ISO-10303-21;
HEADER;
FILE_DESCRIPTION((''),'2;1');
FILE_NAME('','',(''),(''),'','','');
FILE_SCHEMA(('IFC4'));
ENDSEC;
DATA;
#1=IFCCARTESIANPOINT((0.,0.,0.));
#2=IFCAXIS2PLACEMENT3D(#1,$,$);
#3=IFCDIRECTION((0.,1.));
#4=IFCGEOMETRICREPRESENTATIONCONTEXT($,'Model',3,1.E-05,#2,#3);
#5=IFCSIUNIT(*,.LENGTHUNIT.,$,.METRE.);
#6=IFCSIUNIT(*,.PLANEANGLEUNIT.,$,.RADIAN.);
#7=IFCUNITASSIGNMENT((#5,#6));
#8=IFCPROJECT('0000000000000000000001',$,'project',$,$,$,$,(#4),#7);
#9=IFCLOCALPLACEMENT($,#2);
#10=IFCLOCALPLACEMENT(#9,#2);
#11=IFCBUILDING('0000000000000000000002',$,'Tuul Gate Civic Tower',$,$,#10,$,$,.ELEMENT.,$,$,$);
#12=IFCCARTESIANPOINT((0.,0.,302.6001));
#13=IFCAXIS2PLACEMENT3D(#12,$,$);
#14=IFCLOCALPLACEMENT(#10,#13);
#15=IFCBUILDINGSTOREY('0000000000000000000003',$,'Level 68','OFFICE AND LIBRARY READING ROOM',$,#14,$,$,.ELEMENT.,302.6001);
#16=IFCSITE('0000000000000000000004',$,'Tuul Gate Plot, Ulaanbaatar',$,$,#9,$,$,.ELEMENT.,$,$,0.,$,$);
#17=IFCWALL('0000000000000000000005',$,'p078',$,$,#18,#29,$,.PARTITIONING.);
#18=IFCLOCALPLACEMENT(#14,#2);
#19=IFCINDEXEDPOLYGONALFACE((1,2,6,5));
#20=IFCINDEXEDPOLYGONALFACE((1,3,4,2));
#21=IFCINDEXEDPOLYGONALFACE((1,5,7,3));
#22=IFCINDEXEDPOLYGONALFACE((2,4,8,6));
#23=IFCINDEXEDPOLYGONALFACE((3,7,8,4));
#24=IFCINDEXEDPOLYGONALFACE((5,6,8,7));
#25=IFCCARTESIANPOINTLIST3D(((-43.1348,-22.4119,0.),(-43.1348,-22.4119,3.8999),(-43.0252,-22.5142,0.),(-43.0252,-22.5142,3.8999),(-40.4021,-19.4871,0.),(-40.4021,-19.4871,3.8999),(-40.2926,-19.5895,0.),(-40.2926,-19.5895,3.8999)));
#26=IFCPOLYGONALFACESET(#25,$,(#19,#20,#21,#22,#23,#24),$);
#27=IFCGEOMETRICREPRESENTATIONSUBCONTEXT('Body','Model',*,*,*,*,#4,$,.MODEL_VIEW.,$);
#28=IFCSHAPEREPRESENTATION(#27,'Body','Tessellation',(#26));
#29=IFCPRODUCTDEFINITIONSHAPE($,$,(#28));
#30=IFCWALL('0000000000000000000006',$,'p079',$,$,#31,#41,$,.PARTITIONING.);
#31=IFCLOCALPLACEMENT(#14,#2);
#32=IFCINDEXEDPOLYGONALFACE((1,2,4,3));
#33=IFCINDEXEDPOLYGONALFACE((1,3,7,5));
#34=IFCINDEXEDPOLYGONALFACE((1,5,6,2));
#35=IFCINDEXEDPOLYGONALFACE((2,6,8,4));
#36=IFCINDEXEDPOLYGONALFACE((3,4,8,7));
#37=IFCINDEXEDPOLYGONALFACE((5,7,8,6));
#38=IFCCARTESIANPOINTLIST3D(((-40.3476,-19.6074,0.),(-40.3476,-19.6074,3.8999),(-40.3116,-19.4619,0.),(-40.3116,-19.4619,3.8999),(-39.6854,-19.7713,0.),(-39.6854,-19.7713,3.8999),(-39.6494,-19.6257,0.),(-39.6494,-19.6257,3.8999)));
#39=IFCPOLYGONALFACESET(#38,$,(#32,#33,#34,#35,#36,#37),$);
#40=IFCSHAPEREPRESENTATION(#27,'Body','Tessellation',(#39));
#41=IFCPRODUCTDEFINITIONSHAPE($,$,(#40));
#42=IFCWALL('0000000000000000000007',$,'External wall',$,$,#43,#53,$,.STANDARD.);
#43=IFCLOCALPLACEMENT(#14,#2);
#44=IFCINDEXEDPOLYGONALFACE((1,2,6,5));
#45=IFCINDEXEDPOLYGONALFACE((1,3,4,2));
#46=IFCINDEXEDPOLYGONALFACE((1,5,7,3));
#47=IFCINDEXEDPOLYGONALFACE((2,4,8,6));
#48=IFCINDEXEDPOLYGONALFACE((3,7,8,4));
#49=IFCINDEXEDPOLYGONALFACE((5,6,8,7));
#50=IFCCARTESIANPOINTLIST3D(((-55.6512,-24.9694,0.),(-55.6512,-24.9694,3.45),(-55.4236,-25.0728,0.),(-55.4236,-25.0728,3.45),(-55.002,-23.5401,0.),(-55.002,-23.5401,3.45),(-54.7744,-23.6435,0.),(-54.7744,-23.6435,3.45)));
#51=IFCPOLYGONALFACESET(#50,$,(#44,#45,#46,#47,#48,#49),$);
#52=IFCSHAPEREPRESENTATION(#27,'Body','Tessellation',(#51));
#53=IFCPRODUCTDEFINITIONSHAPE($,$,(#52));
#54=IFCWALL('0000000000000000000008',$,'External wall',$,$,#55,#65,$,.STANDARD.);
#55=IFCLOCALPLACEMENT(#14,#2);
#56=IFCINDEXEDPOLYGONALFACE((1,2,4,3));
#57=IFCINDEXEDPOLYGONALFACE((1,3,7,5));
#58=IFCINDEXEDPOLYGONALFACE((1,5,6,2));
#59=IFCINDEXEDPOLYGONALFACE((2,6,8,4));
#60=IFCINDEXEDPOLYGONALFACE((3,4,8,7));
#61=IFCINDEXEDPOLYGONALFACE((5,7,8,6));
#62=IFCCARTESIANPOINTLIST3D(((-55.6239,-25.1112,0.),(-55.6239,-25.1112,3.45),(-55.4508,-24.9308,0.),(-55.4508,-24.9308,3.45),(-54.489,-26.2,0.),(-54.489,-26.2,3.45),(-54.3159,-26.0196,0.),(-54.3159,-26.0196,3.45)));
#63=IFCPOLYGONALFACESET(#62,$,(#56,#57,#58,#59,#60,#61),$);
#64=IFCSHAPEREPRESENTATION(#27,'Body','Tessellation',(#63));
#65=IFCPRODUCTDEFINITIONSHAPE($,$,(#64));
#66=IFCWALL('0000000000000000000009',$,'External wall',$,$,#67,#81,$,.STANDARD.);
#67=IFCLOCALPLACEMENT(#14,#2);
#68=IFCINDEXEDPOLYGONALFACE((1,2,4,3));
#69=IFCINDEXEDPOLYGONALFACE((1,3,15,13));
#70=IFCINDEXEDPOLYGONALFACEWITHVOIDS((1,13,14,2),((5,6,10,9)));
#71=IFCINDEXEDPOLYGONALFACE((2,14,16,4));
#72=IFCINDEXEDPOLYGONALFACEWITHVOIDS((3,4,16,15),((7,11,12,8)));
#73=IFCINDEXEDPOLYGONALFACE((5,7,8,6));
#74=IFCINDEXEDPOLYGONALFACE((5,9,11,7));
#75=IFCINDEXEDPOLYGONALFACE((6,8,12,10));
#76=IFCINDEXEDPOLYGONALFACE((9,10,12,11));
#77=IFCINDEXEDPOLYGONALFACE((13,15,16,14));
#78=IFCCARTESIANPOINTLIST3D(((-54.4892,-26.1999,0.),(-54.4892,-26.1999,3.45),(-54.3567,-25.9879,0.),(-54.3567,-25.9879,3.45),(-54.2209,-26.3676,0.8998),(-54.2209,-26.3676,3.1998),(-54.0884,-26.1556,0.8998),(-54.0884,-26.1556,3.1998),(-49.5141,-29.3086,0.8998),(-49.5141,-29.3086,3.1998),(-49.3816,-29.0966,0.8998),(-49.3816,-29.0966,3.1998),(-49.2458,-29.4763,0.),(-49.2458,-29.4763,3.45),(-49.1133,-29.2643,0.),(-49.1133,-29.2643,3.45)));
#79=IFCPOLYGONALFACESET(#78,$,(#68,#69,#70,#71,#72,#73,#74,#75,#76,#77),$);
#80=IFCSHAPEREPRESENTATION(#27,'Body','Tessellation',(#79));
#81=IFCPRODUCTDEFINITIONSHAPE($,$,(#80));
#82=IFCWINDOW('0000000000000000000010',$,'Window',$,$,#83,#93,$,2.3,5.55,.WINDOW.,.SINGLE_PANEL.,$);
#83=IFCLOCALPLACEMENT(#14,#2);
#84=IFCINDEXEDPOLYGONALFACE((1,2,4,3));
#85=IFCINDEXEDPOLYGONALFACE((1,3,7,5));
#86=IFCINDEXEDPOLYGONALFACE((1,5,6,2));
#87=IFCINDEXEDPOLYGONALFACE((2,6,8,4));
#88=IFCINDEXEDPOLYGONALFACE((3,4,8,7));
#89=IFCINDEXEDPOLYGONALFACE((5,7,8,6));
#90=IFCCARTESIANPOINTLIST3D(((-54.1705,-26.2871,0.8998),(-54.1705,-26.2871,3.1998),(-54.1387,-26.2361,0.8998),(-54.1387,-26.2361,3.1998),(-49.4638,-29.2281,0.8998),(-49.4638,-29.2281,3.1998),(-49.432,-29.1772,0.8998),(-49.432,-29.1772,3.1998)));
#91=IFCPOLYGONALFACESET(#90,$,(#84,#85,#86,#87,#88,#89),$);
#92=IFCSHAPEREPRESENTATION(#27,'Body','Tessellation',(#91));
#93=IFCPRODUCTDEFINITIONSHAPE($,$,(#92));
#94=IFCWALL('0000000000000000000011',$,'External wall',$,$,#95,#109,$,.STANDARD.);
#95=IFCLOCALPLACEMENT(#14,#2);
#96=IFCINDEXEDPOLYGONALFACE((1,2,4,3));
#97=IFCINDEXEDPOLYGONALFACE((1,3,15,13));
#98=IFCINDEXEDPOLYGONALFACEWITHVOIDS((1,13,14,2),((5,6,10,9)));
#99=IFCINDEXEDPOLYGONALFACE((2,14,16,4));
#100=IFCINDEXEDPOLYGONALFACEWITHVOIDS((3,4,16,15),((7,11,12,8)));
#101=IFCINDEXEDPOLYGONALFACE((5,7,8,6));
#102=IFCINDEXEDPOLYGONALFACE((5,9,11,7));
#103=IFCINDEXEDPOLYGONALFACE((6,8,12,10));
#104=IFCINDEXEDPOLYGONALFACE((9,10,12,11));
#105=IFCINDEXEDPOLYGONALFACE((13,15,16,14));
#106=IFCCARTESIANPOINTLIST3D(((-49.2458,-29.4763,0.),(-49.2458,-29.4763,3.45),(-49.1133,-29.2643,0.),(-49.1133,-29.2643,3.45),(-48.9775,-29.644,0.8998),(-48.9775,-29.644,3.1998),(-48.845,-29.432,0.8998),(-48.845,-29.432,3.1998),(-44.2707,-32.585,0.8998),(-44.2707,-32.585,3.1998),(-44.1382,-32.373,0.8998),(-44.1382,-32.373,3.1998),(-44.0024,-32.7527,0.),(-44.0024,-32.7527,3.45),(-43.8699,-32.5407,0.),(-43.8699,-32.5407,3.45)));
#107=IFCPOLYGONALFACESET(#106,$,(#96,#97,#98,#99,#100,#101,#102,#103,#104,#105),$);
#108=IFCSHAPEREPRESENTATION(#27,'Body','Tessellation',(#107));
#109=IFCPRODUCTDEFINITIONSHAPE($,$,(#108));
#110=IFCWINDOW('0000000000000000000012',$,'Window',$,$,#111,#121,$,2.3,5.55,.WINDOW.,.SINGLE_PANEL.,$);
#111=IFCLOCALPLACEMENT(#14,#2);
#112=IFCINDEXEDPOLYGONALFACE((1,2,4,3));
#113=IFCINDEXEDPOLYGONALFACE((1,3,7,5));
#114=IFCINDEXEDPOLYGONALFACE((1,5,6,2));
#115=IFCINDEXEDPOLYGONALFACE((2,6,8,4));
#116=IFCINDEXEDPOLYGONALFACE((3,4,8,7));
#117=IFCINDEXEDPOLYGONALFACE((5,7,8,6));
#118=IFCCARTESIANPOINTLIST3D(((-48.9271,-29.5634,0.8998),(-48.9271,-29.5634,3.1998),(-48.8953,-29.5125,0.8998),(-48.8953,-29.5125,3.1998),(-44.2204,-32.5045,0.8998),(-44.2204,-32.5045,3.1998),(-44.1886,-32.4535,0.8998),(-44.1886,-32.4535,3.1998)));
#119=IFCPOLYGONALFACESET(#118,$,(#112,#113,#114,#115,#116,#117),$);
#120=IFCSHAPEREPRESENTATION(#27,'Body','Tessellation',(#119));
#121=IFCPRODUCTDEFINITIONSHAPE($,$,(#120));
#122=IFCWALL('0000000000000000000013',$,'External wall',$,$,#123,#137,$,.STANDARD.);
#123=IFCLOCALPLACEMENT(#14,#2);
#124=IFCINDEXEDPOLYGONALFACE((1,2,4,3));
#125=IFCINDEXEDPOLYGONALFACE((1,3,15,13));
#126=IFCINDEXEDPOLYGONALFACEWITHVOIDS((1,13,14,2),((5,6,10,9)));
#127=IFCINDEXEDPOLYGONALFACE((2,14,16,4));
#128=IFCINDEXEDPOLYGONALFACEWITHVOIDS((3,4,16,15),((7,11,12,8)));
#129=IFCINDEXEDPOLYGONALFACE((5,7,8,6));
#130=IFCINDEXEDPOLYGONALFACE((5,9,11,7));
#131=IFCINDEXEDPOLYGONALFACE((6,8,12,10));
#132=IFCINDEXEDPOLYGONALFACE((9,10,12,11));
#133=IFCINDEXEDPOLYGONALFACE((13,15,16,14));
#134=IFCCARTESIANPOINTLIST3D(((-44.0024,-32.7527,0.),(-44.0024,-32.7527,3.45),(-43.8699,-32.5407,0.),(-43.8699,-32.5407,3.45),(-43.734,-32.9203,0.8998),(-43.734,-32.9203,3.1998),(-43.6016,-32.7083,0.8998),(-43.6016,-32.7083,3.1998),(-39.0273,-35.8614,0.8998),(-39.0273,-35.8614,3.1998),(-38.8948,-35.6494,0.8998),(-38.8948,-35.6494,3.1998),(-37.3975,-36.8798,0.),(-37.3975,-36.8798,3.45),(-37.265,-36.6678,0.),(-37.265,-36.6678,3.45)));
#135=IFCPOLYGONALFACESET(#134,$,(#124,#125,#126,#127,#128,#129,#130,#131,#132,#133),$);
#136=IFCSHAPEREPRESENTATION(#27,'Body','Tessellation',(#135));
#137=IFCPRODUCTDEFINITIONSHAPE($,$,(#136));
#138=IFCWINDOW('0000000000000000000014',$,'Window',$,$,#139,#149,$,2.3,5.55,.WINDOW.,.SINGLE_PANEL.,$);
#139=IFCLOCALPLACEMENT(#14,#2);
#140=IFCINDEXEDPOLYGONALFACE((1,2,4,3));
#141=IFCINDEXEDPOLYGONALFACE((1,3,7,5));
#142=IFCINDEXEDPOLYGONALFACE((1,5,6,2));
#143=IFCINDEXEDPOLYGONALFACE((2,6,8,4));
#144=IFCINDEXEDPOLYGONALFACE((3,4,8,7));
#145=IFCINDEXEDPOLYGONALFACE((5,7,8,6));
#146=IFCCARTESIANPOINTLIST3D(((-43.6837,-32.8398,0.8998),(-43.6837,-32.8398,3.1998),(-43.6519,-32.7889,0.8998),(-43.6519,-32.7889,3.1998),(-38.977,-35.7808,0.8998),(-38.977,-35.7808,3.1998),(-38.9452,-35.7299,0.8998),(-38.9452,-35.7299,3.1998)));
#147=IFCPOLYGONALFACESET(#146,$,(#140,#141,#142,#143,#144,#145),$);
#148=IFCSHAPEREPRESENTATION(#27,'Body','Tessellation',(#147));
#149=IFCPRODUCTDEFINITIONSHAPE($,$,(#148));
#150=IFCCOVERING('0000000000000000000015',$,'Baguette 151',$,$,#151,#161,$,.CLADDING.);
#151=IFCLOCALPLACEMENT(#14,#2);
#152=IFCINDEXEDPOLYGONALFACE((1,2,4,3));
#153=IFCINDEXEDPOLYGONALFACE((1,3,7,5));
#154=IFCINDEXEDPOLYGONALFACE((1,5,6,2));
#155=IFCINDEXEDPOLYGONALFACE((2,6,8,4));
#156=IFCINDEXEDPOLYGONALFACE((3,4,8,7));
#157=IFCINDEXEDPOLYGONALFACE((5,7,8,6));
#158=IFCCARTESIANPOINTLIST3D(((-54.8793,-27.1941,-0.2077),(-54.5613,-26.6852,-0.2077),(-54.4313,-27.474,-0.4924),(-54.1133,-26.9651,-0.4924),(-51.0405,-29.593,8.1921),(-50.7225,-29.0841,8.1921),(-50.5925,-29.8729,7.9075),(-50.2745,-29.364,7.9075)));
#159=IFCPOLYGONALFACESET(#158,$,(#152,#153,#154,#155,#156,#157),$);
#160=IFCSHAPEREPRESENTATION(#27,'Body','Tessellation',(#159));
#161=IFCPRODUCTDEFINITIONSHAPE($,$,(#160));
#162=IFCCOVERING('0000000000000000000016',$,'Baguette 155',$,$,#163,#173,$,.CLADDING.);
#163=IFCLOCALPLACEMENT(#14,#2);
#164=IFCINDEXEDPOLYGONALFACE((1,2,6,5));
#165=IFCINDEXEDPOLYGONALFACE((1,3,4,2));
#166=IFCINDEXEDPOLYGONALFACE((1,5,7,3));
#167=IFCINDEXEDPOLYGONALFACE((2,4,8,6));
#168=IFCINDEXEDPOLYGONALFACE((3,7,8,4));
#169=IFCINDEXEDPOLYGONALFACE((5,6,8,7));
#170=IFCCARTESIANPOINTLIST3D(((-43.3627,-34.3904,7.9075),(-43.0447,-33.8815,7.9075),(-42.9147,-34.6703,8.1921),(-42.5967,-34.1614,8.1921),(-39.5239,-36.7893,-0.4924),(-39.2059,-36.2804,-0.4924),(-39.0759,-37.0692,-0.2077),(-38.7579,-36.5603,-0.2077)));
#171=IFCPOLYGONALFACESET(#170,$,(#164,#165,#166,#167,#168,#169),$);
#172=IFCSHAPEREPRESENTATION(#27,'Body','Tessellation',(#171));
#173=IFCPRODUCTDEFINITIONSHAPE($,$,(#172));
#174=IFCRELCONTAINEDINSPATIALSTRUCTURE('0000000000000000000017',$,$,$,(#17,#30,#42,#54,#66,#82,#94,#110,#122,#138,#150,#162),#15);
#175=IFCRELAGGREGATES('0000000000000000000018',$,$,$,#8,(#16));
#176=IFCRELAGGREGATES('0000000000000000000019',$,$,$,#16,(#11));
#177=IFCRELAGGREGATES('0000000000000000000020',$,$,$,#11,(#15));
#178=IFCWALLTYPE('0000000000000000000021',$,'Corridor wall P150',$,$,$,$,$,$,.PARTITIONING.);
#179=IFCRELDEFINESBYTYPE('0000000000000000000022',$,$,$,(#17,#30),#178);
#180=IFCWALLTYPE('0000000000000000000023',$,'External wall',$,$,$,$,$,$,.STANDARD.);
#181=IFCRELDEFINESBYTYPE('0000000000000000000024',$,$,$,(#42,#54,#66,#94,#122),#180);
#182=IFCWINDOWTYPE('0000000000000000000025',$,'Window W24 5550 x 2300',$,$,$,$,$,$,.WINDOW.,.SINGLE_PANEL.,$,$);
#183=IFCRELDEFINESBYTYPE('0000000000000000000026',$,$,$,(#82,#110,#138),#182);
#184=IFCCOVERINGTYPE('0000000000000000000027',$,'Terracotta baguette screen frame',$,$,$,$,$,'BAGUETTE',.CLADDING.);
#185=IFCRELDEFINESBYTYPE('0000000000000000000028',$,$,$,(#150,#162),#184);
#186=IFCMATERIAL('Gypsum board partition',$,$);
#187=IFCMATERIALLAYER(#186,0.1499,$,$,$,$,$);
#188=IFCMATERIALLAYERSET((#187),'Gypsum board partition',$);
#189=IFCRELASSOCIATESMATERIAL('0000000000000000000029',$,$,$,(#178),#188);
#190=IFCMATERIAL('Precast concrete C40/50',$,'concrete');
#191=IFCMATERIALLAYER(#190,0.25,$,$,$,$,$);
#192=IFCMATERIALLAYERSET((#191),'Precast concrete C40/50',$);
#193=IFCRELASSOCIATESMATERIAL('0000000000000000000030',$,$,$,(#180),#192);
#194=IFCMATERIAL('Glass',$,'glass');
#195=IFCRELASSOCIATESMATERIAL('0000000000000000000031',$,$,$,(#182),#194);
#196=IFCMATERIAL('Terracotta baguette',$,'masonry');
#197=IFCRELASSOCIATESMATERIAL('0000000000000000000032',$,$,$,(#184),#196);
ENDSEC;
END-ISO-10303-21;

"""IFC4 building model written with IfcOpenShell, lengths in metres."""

from ifc_helpers import new_model, si_unit, direction, frame, frame_2d, origin, origin_2d, place, context, subcontext, project, spatial, rectangle, extrude, material, layer, layer_set, material_profile, profile_set, type_object, element, fill, save


model = new_model("IFC4")

# Units and contexts
model_context = context("Model", 3, precision=1e-05, world=origin(), true_north=direction((0.0, 1.0)))
body_context = subcontext(model_context, "Body", "Model", "MODEL_VIEW")
ifc_project = project(units=[si_unit("LENGTHUNIT", "METRE"), si_unit("PLANEANGLEUNIT", "RADIAN")], contexts=[model_context])

# Site, building, storey
site_placement = place(None, origin())
site = spatial("IfcSite", under=ifc_project, at=site_placement, Name="Tuul Gate Plot, Ulaanbaatar", CompositionType="ELEMENT", RefElevation=0.0)
building_placement = place(site_placement, origin())
building = spatial("IfcBuilding", under=site, at=building_placement, Name="Tuul Gate Civic Tower", CompositionType="ELEMENT")
storey_placement = place(building_placement, frame((0.0, 0.0, 302.6001)))
storey = spatial("IfcBuildingStorey", under=building, at=storey_placement, Name="Level 68", Description="OFFICE AND LIBRARY READING ROOM", CompositionType="ELEMENT", Elevation=302.6001)

# Shared definitions
ifc_material_1 = material(Name="Gypsum board partition")
ifc_layer_1 = layer(ifc_material_1, 0.1499)
ifc_layer_set_1 = layer_set([ifc_layer_1], Name="Gypsum board partition")
wall_type_1 = type_object("IfcWallType", Name="Corridor wall P150", PredefinedType="PARTITIONING", material=ifc_layer_set_1)

# Walls
wall_1_placement = place(storey_placement, frame((-43.0801, -22.4631, 0.0), z_axis=(0.0, 0.0, 1.0), x_axis=(0.682698, 0.7307, 0.0)))
element("IfcWall", 1, at=wall_1_placement, inside=storey, type_object=wall_type_1, Name="p078", PredefinedType="PARTITIONING", context=body_context, shape_type="SweptSolid", body=[
    extrude(rectangle(XDim=4.0027, YDim=0.1499, at=frame_2d((2.0015, 0.0))), origin(), (0.0, 0.0, 1.0), 3.8999),
])
wall_2_placement = place(storey_placement, frame((-40.3296, -19.5347, 0.0), z_axis=(0.0, 0.0, 1.0), x_axis=(0.970729, -0.240177, 0.0)))
element("IfcWall", 2, at=wall_2_placement, inside=storey, type_object=wall_type_1, Name="p079", PredefinedType="PARTITIONING", context=body_context, shape_type="SweptSolid", body=[
    extrude(rectangle(XDim=0.6821, YDim=0.1499, at=frame_2d((0.3411, 0.0))), origin(), (0.0, 0.0, 1.0), 3.8999),
])
ifc_material_2 = material(Name="Precast concrete C40/50", Category="concrete")
ifc_layer_2 = layer(ifc_material_2, 0.25)
ifc_layer_set_2 = layer_set([ifc_layer_2], Name="Precast concrete C40/50")
wall_type_2 = type_object("IfcWallType", Name="External wall", PredefinedType="STANDARD", material=ifc_layer_set_2)
wall_3_placement = place(storey_placement, frame((-54.8882, -23.5918, 0.0), z_axis=(0.0, 0.0, 1.0), x_axis=(-0.413557, -0.910478, 0.0)))
element("IfcWall", 3, at=wall_3_placement, inside=storey, type_object=wall_type_2, Name="External wall", PredefinedType="STANDARD", context=body_context, shape_type="SweptSolid", body=[
    extrude(rectangle(XDim=1.5698, YDim=0.25, at=frame_2d((0.7849, 0.0))), origin(), (0.0, 0.0, 1.0), 3.45),
])
wall_4_placement = place(storey_placement, frame((-55.5374, -25.021, 0.0), z_axis=(0.0, 0.0, 1.0), x_axis=(0.721623, -0.692286, 0.0)))
element("IfcWall", 4, at=wall_4_placement, inside=storey, type_object=wall_type_2, Name="External wall", PredefinedType="STANDARD", context=body_context, shape_type="SweptSolid", body=[
    extrude(rectangle(XDim=1.5728, YDim=0.25, at=frame_2d((0.7864, 0.0))), origin(), (0.0, 0.0, 1.0), 3.45),
])

# Walls, openings, windows
wall_5_placement = place(storey_placement, frame((-54.4229, -26.094, 0.0), z_axis=(0.0, 0.0, 1.0), x_axis=(0.848054, -0.52991, 0.0)))
wall_5 = element("IfcWall", 5, at=wall_5_placement, inside=storey, type_object=wall_type_2, Name="External wall", PredefinedType="STANDARD", context=body_context, shape_type="SweptSolid", body=[
    extrude(rectangle(XDim=6.1829, YDim=0.25, at=frame_2d((3.0913, 0.0))), origin(), (0.0, 0.0, 1.0), 3.45),
])
opening_1_placement = place(wall_5_placement, frame((0.3164, 0.0, 0.8999)))
opening_1 = element("IfcOpeningElement", 6, at=opening_1_placement, cuts=wall_5, PredefinedType="OPENING", context=body_context, shape_type="SweptSolid", body=[
    extrude(rectangle(XDim=5.55, YDim=2.3, at=frame_2d((2.7749, 1.1499))), frame((0.0, 0.135, 0.0), z_axis=(0.0, -1.0, 0.0), x_axis=(1.0, 0.0, 0.0)), (0.0, 0.0, 1.0), 0.27),
])
ifc_material_3 = material(Name="Glass", Category="glass")
window_type = type_object("IfcWindowType", Name="Window W24 5550 x 2300", PartitioningType="SINGLE_PANEL", PredefinedType="WINDOW", material=ifc_material_3)
window_1_placement = place(opening_1_placement, origin())
window_1 = element("IfcWindow", 7, at=window_1_placement, inside=storey, type_object=window_type, Name="Window", OverallHeight=2.3, OverallWidth=5.55, PartitioningType="SINGLE_PANEL", PredefinedType="WINDOW", context=body_context, shape_type="SweptSolid", body=[
    extrude(rectangle(XDim=5.55, YDim=2.3, at=frame_2d((2.7749, 1.1499))), frame((0.0, 0.03, 0.0), z_axis=(0.0, -1.0, 0.0), x_axis=(1.0, 0.0, 0.0)), (0.0, 0.0, 1.0), 0.0601),
])
fill(opening_1, window_1)
wall_6_placement = place(storey_placement, frame((-49.1794, -29.3704, 0.0), z_axis=(0.0, 0.0, 1.0), x_axis=(0.848054, -0.52991, 0.0)))
wall_6 = element("IfcWall", 8, at=wall_6_placement, inside=storey, type_object=wall_type_2, Name="External wall", PredefinedType="STANDARD", context=body_context, shape_type="SweptSolid", body=[
    extrude(rectangle(XDim=6.1829, YDim=0.25, at=frame_2d((3.0913, 0.0))), origin(), (0.0, 0.0, 1.0), 3.45),
])
opening_2_placement = place(wall_6_placement, frame((0.3164, 0.0, 0.8999)))
opening_2 = element("IfcOpeningElement", 9, at=opening_2_placement, cuts=wall_6, PredefinedType="OPENING", context=body_context, shape_type="SweptSolid", body=[
    extrude(rectangle(XDim=5.55, YDim=2.3, at=frame_2d((2.7749, 1.1499))), frame((0.0, 0.135, 0.0), z_axis=(0.0, -1.0, 0.0), x_axis=(1.0, 0.0, 0.0)), (0.0, 0.0, 1.0), 0.27),
])
window_2_placement = place(opening_2_placement, origin())
window_2 = element("IfcWindow", 10, at=window_2_placement, inside=storey, type_object=window_type, Name="Window", OverallHeight=2.3, OverallWidth=5.55, PartitioningType="SINGLE_PANEL", PredefinedType="WINDOW", context=body_context, shape_type="SweptSolid", body=[
    extrude(rectangle(XDim=5.55, YDim=2.3, at=frame_2d((2.7749, 1.1499))), frame((0.0, 0.03, 0.0), z_axis=(0.0, -1.0, 0.0), x_axis=(1.0, 0.0, 0.0)), (0.0, 0.0, 1.0), 0.0601),
])
fill(opening_2, window_2)
wall_7_placement = place(storey_placement, frame((-43.936, -32.6467, 0.0), z_axis=(0.0, 0.0, 1.0), x_axis=(0.848051, -0.529914, 0.0)))
wall_7 = element("IfcWall", 11, at=wall_7_placement, inside=storey, type_object=wall_type_2, Name="External wall", PredefinedType="STANDARD", context=body_context, shape_type="SweptSolid", body=[
    extrude(rectangle(XDim=7.7883, YDim=0.25, at=frame_2d((3.894, 0.0))), origin(), (0.0, 0.0, 1.0), 3.45),
])
opening_3_placement = place(wall_7_placement, frame((0.3164, 0.0, 0.8999)))
opening_3 = element("IfcOpeningElement", 12, at=opening_3_placement, cuts=wall_7, PredefinedType="OPENING", context=body_context, shape_type="SweptSolid", body=[
    extrude(rectangle(XDim=5.55, YDim=2.3, at=frame_2d((2.7749, 1.1499))), frame((0.0, 0.135, 0.0), z_axis=(0.0, -1.0, 0.0), x_axis=(1.0, 0.0, 0.0)), (0.0, 0.0, 1.0), 0.27),
])
window_3_placement = place(opening_3_placement, origin())
window_3 = element("IfcWindow", 13, at=window_3_placement, inside=storey, type_object=window_type, Name="Window", OverallHeight=2.3, OverallWidth=5.55, PartitioningType="SINGLE_PANEL", PredefinedType="WINDOW", context=body_context, shape_type="SweptSolid", body=[
    extrude(rectangle(XDim=5.55, YDim=2.3, at=frame_2d((2.7749, 1.1499))), frame((0.0, 0.03, 0.0), z_axis=(0.0, -1.0, 0.0), x_axis=(1.0, 0.0, 0.0)), (0.0, 0.0, 1.0), 0.0601),
])
fill(opening_3, window_3)

# Coverings
ifc_material_4 = material(Name="Terracotta baguette", Category="masonry")
ifc_material_profile_1 = material_profile(ifc_material_4, rectangle(XDim=0.6001, YDim=0.6001, at=origin_2d()), Name="Terracotta baguette screen frame")
ifc_profile_set_1 = profile_set([ifc_material_profile_1], Name="Terracotta baguette")
covering_type = type_object("IfcCoveringType", Name="Terracotta baguette screen frame", ElementType="BAGUETTE", PredefinedType="CLADDING", material=ifc_profile_set_1)
for number, where, z_axis, x_axis, name in (
    (14, (-50.6575, -29.4785, 8.0498), (-0.402312, 0.251407, -0.880307), (-0.529941, -0.848035, 0.0), "Baguette 151"),
    (15, (-42.9797, -34.2759, 8.0498), (0.402312, -0.251407, -0.880307), (0.529941, 0.848035, 0.0), "Baguette 155"),
):
    element("IfcCovering", number, at=place(storey_placement, frame(where, z_axis=z_axis, x_axis=x_axis)), inside=storey, type_object=covering_type, Name=name, PredefinedType="CLADDING", context=body_context, shape_type="SweptSolid", body=[
        extrude(rectangle(XDim=0.6001, YDim=0.6001, at=origin_2d()), origin(), (0.0, 0.0, 1.0), 9.542),
    ])

save(model, "model.ifc")
